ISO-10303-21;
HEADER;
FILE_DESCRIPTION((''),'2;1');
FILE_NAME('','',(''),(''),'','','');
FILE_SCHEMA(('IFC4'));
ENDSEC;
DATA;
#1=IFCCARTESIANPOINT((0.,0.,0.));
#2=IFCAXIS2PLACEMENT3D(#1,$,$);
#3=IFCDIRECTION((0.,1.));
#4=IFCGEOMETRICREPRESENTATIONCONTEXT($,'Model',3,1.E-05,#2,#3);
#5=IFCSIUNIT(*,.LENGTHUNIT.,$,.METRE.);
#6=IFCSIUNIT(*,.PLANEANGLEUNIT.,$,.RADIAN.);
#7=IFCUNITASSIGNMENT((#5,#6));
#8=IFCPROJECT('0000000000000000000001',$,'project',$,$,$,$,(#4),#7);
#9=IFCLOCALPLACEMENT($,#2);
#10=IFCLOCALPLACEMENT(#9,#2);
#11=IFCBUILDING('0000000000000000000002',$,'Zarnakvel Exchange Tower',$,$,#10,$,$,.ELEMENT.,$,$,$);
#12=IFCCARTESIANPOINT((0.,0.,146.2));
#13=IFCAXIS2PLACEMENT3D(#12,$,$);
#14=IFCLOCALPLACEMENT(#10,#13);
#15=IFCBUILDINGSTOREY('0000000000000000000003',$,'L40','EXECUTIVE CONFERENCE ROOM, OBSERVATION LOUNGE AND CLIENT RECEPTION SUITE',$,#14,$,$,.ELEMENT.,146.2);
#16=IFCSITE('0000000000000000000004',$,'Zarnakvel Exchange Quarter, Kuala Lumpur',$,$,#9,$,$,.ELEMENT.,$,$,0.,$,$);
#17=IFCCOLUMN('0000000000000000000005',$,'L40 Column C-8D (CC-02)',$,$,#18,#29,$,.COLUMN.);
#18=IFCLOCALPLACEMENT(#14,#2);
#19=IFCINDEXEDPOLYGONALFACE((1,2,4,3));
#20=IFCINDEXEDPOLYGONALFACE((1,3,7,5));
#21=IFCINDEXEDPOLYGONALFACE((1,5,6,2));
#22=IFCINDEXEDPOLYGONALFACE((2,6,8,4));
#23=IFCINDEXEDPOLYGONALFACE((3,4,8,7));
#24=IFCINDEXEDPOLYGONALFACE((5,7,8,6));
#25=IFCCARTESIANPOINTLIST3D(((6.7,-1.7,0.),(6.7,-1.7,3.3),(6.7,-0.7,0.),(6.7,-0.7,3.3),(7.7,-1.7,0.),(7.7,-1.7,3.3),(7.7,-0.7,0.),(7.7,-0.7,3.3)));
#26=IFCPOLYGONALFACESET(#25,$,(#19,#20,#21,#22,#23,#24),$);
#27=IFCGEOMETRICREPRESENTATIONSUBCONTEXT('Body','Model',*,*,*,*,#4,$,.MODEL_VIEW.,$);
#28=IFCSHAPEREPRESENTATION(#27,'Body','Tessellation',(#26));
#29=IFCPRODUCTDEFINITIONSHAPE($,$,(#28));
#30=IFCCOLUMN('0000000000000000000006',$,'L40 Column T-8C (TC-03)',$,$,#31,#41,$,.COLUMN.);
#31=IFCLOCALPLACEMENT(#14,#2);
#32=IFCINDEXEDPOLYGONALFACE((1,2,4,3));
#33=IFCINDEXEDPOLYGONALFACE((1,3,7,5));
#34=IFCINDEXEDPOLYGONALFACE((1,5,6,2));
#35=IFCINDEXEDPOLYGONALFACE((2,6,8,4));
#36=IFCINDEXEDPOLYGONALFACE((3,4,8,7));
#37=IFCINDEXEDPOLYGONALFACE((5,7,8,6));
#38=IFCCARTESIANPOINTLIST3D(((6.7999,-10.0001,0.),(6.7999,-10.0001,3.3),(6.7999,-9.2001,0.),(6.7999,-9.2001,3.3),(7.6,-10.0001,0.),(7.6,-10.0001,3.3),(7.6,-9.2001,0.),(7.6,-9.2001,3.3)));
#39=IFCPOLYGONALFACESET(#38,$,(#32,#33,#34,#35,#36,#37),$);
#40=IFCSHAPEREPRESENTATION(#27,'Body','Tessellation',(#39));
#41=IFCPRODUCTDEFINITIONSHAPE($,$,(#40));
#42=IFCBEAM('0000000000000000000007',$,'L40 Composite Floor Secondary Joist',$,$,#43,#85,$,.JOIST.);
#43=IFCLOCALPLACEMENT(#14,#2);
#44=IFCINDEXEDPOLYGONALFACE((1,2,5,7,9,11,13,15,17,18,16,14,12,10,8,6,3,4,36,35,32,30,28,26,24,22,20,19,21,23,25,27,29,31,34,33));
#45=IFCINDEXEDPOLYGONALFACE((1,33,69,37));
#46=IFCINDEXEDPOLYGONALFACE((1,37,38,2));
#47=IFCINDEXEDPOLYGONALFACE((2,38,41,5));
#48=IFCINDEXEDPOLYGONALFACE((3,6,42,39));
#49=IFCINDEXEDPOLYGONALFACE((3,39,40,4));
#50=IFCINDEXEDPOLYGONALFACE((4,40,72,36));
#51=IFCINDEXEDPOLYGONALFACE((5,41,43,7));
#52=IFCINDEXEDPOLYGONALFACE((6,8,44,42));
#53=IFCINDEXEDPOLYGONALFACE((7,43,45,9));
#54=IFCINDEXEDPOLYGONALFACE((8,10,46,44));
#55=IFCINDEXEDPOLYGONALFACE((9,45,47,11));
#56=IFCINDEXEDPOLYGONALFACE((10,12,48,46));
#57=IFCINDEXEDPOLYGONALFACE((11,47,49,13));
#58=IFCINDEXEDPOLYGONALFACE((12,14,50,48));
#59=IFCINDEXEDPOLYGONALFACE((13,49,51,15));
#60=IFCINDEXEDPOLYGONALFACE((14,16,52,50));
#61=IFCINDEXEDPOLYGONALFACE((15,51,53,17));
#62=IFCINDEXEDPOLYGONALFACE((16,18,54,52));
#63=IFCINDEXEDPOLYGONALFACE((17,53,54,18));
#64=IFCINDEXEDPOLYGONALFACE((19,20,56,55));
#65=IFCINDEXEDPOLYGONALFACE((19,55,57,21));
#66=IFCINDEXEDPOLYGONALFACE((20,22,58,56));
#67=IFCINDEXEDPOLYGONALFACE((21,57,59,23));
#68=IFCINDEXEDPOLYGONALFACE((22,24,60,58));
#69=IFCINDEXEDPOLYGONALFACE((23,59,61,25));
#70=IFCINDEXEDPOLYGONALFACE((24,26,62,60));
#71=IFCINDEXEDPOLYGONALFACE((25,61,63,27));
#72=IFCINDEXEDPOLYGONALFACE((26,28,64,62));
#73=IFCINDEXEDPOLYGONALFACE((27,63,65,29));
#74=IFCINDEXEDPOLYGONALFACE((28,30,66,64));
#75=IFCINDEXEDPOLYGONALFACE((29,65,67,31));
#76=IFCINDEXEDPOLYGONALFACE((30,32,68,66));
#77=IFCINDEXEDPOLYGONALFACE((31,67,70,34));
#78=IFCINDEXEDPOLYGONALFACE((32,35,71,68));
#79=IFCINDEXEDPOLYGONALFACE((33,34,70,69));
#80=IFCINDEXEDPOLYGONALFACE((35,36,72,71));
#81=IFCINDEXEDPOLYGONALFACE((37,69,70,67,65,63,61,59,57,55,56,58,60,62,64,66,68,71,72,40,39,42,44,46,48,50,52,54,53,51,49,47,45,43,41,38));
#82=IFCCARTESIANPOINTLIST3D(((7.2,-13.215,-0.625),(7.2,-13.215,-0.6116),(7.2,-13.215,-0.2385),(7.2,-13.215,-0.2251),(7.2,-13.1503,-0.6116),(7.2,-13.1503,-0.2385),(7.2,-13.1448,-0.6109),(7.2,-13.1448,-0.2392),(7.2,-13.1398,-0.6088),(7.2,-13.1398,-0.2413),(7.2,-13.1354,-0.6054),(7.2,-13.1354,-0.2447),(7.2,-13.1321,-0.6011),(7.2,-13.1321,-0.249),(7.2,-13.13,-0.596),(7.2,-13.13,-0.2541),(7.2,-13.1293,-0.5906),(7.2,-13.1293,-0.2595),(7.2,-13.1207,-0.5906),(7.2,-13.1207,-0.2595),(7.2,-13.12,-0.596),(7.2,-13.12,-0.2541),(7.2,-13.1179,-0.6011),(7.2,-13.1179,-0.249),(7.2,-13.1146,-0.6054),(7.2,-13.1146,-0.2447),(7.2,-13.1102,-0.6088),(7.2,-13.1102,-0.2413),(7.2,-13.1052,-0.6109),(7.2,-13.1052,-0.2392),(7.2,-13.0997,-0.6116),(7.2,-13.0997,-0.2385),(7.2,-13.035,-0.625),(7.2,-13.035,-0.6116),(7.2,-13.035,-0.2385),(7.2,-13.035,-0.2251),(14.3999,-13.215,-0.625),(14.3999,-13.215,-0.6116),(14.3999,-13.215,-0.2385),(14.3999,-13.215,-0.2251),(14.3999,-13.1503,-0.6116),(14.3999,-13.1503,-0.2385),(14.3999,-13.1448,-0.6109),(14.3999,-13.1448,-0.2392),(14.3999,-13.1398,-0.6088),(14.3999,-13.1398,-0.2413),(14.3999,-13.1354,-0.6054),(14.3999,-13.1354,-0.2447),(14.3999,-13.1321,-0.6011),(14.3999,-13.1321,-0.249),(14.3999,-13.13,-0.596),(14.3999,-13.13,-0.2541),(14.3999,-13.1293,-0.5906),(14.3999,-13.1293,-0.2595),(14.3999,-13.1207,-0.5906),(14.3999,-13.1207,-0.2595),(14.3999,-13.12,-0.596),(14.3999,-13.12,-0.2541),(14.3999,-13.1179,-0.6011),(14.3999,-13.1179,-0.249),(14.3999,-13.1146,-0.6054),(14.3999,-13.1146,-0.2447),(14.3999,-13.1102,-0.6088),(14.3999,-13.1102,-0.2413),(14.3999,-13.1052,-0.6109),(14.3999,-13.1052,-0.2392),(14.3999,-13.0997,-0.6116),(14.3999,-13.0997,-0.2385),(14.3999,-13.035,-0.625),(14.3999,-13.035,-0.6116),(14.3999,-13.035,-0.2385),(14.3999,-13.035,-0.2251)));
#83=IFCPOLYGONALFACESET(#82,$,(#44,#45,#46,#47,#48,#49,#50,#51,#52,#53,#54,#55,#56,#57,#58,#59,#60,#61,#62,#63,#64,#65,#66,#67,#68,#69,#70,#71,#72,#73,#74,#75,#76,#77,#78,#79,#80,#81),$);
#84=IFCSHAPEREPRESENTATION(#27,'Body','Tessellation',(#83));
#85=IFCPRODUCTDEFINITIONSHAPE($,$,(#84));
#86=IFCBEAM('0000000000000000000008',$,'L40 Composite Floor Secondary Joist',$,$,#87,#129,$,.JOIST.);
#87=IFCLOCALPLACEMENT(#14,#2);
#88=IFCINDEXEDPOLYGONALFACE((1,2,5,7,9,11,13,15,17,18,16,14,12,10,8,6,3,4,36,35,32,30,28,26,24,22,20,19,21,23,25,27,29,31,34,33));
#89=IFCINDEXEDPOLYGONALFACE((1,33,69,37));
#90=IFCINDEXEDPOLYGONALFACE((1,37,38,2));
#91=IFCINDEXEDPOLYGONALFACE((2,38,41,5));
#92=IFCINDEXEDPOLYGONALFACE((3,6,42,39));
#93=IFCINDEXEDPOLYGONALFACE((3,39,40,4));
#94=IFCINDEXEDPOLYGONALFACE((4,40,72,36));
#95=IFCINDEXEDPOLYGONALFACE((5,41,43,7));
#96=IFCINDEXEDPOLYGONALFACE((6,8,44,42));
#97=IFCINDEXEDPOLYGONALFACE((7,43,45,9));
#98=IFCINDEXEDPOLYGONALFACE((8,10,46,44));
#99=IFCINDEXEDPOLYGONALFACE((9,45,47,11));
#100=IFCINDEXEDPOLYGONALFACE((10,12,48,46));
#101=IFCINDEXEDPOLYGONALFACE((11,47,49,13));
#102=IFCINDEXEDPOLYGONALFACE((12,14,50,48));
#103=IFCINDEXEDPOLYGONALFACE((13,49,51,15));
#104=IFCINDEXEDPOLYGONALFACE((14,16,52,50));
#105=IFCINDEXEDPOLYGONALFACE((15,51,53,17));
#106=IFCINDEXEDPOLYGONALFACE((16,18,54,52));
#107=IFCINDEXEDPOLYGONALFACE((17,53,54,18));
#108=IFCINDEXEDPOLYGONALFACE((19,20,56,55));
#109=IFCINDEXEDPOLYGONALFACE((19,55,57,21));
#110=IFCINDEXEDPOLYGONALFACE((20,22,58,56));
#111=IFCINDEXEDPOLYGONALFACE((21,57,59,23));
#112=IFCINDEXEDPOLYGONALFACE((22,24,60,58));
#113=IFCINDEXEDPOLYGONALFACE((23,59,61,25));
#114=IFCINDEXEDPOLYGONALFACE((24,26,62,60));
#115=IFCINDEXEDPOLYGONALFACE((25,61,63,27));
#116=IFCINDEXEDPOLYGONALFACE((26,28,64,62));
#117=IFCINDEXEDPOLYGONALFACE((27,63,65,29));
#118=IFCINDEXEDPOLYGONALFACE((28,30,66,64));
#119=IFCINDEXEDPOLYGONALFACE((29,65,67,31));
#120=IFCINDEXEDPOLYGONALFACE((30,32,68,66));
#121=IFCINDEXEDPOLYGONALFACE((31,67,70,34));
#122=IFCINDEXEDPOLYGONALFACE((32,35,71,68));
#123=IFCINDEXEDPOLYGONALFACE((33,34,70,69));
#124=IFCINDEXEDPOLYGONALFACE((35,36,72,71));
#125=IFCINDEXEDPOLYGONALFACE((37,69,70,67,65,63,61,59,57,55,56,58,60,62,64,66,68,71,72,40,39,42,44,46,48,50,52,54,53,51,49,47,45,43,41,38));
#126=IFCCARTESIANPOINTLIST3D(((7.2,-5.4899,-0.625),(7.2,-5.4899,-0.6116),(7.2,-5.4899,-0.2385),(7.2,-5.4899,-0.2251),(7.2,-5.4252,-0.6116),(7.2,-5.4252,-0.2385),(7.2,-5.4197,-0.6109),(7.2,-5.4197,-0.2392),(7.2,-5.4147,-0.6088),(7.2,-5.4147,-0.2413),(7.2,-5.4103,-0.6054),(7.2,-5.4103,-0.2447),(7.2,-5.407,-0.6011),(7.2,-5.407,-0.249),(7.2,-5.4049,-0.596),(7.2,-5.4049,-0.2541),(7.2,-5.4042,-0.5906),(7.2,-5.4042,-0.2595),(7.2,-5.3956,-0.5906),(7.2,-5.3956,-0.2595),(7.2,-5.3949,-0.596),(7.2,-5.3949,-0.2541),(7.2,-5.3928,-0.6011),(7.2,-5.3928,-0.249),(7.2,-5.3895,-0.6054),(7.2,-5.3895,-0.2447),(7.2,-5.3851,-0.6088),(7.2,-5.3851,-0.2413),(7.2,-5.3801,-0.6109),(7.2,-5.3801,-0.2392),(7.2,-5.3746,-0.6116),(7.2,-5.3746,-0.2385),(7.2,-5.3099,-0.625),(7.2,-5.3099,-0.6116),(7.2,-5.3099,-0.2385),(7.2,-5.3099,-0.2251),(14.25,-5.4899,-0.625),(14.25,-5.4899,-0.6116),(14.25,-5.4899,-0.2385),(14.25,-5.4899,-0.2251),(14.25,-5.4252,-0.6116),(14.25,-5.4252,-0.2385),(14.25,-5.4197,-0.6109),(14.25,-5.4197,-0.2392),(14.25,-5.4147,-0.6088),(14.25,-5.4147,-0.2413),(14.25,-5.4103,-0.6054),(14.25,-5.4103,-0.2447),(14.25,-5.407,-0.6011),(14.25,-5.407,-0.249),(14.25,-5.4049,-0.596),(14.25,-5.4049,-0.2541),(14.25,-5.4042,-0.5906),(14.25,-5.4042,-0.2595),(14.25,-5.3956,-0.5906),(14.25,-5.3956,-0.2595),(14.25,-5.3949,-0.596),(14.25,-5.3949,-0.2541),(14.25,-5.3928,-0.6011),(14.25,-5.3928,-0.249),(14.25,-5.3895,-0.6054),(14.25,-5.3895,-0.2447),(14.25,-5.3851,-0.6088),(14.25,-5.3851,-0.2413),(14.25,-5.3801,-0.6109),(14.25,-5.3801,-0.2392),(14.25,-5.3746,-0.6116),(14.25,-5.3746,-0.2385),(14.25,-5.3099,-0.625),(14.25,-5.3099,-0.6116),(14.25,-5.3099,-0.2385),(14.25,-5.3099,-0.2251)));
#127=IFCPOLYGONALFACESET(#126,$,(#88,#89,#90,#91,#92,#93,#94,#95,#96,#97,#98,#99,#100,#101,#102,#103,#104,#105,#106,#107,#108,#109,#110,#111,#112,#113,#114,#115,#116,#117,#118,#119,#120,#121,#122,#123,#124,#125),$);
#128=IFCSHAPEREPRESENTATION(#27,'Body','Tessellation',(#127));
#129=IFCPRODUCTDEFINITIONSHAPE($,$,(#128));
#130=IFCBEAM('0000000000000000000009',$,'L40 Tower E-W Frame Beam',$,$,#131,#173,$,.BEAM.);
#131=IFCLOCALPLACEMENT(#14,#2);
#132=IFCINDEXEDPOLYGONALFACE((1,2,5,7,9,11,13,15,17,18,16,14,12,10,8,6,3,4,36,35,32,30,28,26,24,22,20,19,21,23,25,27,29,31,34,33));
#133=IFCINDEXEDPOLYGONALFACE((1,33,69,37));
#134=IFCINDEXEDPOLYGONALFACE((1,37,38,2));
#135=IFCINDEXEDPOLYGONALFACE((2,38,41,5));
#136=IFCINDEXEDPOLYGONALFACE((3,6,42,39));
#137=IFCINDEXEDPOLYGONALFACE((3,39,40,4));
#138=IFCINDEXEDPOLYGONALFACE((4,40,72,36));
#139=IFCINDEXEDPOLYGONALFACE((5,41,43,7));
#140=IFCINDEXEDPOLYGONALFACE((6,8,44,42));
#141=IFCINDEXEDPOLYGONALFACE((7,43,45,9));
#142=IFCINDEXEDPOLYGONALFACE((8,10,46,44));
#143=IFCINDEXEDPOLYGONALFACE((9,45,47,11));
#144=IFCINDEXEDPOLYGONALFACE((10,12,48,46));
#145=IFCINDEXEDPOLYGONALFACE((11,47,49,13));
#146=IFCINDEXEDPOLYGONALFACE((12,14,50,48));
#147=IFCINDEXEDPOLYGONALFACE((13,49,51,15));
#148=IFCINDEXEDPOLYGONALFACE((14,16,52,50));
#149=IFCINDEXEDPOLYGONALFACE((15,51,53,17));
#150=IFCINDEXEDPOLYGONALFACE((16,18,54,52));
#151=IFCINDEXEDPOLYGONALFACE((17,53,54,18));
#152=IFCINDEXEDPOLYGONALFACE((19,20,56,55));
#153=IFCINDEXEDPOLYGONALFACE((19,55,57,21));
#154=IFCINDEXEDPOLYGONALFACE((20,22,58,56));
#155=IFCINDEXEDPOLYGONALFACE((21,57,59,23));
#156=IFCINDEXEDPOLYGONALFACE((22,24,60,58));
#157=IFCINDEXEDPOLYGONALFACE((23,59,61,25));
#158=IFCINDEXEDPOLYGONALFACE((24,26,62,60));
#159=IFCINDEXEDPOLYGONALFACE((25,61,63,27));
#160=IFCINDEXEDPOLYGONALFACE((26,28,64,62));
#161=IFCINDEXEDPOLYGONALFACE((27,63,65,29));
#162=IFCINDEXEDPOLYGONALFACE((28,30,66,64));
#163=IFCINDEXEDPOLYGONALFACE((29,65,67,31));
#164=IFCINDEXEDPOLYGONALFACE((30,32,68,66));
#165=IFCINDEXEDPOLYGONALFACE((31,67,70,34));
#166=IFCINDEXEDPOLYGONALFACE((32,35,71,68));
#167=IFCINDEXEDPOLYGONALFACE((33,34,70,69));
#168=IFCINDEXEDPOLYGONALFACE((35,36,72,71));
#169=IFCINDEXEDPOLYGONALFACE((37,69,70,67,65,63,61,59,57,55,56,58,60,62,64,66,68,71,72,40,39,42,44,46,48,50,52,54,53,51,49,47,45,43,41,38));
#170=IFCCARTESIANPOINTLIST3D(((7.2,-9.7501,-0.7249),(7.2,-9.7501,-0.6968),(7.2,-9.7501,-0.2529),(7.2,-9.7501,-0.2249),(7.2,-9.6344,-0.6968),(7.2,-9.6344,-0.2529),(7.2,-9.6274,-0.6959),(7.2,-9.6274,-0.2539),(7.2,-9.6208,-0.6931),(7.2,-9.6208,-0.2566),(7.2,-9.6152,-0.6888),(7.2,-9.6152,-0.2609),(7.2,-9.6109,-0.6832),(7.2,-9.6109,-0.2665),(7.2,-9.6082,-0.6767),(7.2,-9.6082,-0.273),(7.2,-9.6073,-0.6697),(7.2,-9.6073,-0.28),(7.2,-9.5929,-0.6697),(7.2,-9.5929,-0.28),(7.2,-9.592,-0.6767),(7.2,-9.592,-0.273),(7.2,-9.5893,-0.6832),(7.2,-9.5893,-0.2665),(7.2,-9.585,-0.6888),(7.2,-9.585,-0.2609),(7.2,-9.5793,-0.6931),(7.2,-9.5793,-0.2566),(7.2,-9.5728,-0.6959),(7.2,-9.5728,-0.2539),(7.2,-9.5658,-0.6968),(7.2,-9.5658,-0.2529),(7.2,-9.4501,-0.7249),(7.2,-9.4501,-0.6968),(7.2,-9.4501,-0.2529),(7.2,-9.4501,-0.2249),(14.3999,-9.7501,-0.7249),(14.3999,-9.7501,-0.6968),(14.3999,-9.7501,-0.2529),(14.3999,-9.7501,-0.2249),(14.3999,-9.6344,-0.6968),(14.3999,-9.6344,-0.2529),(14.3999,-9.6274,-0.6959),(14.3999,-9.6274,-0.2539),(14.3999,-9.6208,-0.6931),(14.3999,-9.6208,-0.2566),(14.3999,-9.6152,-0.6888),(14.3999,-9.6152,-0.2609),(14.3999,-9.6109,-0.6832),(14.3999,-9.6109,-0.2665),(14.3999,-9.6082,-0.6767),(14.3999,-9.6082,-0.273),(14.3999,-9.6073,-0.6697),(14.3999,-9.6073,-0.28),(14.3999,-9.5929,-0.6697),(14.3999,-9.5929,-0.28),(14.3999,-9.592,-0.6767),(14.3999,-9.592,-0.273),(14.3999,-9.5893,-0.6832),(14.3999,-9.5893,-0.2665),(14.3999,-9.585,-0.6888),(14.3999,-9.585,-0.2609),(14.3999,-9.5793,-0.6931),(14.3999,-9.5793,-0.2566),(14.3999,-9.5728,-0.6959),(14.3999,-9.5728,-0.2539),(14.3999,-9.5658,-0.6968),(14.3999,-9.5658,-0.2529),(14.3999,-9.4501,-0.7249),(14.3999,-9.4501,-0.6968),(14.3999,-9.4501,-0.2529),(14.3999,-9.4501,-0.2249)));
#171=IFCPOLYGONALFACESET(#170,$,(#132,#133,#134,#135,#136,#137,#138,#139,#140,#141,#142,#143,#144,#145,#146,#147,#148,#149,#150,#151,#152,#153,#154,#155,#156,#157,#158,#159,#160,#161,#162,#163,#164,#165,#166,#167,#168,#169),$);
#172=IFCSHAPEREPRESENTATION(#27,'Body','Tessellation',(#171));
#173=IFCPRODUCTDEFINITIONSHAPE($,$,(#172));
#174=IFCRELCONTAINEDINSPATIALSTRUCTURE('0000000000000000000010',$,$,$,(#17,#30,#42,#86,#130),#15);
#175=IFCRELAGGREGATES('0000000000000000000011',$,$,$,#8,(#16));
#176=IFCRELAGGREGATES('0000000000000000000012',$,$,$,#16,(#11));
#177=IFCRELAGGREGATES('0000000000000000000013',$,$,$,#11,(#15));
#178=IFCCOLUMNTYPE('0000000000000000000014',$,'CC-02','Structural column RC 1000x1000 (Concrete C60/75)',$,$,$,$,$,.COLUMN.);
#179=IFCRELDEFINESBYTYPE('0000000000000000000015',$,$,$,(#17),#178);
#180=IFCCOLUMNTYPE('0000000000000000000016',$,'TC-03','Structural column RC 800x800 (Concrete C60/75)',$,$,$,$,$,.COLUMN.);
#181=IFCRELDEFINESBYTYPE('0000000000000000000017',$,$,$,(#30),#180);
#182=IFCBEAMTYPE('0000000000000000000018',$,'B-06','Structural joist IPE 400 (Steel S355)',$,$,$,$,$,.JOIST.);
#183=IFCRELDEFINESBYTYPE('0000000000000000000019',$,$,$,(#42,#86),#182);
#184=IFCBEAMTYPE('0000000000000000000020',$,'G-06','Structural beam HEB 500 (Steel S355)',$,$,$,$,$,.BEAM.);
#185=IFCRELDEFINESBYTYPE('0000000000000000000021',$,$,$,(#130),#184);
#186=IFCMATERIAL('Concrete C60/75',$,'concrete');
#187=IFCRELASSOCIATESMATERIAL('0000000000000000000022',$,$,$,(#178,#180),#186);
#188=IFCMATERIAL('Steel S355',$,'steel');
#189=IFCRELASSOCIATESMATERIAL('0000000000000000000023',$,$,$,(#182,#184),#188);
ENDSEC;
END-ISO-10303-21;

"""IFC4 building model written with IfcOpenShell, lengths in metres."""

from ifc_helpers import new_model, si_unit, direction, frame, origin, origin_2d, place, context, subcontext, project, spatial, rectangle, i_section, extrude, material, material_profile, profile_set, type_object, element, save


model = new_model("IFC4")

# Units and contexts
model_context = context("Model", 3, precision=1e-05, world=origin(), true_north=direction((0.0, 1.0)))
body_context = subcontext(model_context, "Body", "Model", "MODEL_VIEW")
ifc_project = project(units=[si_unit("LENGTHUNIT", "METRE"), si_unit("PLANEANGLEUNIT", "RADIAN")], contexts=[model_context])

# Site, building, storey
site_placement = place(None, origin())
site = spatial("IfcSite", under=ifc_project, at=site_placement, Name="Zarnakvel Exchange Quarter, Kuala Lumpur", CompositionType="ELEMENT", RefElevation=0.0)
building_placement = place(site_placement, origin())
building = spatial("IfcBuilding", under=site, at=building_placement, Name="Zarnakvel Exchange Tower", CompositionType="ELEMENT")
storey_placement = place(building_placement, frame((0.0, 0.0, 146.2)))
storey = spatial("IfcBuildingStorey", under=building, at=storey_placement, Name="L40", Description="EXECUTIVE CONFERENCE ROOM, OBSERVATION LOUNGE AND CLIENT RECEPTION SUITE", CompositionType="ELEMENT", Elevation=146.2)

# Columns
ifc_material_1 = material(Name="Concrete C60/75", Category="concrete")
ifc_material_profile_1 = material_profile(ifc_material_1, rectangle(XDim=1.0, YDim=1.0, at=origin_2d()))
ifc_profile_set_1 = profile_set([ifc_material_profile_1], Name="Concrete C60/75")
column_type_1 = type_object("IfcColumnType", Name="CC-02", Description="Structural column RC 1000x1000 (Concrete C60/75)", PredefinedType="COLUMN", material=ifc_profile_set_1)
column_1_placement = place(storey_placement, frame((7.2, -1.2, 0.0), z_axis=(0.0, 0.0, 1.0), x_axis=(1.0, 0.0, 0.0)))
element("IfcColumn", 1, at=column_1_placement, inside=storey, type_object=column_type_1, Name="L40 Column C-8D (CC-02)", PredefinedType="COLUMN", context=body_context, shape_type="SweptSolid", body=[
    extrude(rectangle(XDim=1.0, YDim=1.0, at=origin_2d()), origin(), (0.0, 0.0, 1.0), 3.3),
])
ifc_material_profile_2 = material_profile(ifc_material_1, rectangle(XDim=0.8, YDim=0.8, at=origin_2d()))
ifc_profile_set_2 = profile_set([ifc_material_profile_2], Name="Concrete C60/75")
column_type_2 = type_object("IfcColumnType", Name="TC-03", Description="Structural column RC 800x800 (Concrete C60/75)", PredefinedType="COLUMN", material=ifc_profile_set_2)
column_2_placement = place(storey_placement, frame((7.2, -9.6001, 0.0), z_axis=(0.0, 0.0, 1.0), x_axis=(1.0, 0.0, 0.0)))
element("IfcColumn", 2, at=column_2_placement, inside=storey, type_object=column_type_2, Name="L40 Column T-8C (TC-03)", PredefinedType="COLUMN", context=body_context, shape_type="SweptSolid", body=[
    extrude(rectangle(XDim=0.8, YDim=0.8, at=origin_2d()), origin(), (0.0, 0.0, 1.0), 3.3),
])

# Beams
ifc_material_2 = material(Name="Steel S355", Category="steel")
ifc_material_profile_3 = material_profile(ifc_material_2, i_section(OverallWidth=0.1799, OverallDepth=0.3999, WebThickness=0.0085, FlangeThickness=0.0134, FilletRadius=0.021, at=origin_2d()))
ifc_profile_set_3 = profile_set([ifc_material_profile_3], Name="Steel S355")
beam_type_1 = type_object("IfcBeamType", Name="B-06", Description="Structural joist IPE 400 (Steel S355)", PredefinedType="JOIST", material=ifc_profile_set_3)
beam_1_placement = place(storey_placement, frame((7.2, -13.125, -0.425), z_axis=(1.0, 0.0, 0.0), x_axis=(0.0, 1.0, 0.0)))
element("IfcBeam", 3, at=beam_1_placement, inside=storey, type_object=beam_type_1, Name="L40 Composite Floor Secondary Joist", PredefinedType="JOIST", context=body_context, shape_type="SweptSolid", body=[
    extrude(i_section(OverallWidth=0.1799, OverallDepth=0.3999, WebThickness=0.0085, FlangeThickness=0.0134, FilletRadius=0.021, at=origin_2d()), origin(), (0.0, 0.0, 1.0), 7.2),
])
beam_2_placement = place(storey_placement, frame((7.2, -5.3999, -0.425), z_axis=(1.0, 0.0, 0.0), x_axis=(0.0, 1.0, 0.0)))
element("IfcBeam", 4, at=beam_2_placement, inside=storey, type_object=beam_type_1, Name="L40 Composite Floor Secondary Joist", PredefinedType="JOIST", context=body_context, shape_type="SweptSolid", body=[
    extrude(i_section(OverallWidth=0.1799, OverallDepth=0.3999, WebThickness=0.0085, FlangeThickness=0.0134, FilletRadius=0.021, at=origin_2d()), origin(), (0.0, 0.0, 1.0), 7.05),
])
ifc_material_profile_4 = material_profile(ifc_material_2, i_section(OverallWidth=0.3, OverallDepth=0.5, WebThickness=0.0144, FlangeThickness=0.0281, FilletRadius=0.0271, at=origin_2d()))
ifc_profile_set_4 = profile_set([ifc_material_profile_4], Name="Steel S355")
beam_type_2 = type_object("IfcBeamType", Name="G-06", Description="Structural beam HEB 500 (Steel S355)", PredefinedType="BEAM", material=ifc_profile_set_4)
beam_3_placement = place(storey_placement, frame((7.2, -9.6001, -0.4749), z_axis=(1.0, 0.0, 0.0), x_axis=(0.0, 1.0, 0.0)))
element("IfcBeam", 5, at=beam_3_placement, inside=storey, type_object=beam_type_2, Name="L40 Tower E-W Frame Beam", PredefinedType="BEAM", context=body_context, shape_type="SweptSolid", body=[
    extrude(i_section(OverallWidth=0.3, OverallDepth=0.5, WebThickness=0.0144, FlangeThickness=0.0281, FilletRadius=0.0271, at=origin_2d()), origin(), (0.0, 0.0, 1.0), 7.2),
])

save(model, "model.ifc")
